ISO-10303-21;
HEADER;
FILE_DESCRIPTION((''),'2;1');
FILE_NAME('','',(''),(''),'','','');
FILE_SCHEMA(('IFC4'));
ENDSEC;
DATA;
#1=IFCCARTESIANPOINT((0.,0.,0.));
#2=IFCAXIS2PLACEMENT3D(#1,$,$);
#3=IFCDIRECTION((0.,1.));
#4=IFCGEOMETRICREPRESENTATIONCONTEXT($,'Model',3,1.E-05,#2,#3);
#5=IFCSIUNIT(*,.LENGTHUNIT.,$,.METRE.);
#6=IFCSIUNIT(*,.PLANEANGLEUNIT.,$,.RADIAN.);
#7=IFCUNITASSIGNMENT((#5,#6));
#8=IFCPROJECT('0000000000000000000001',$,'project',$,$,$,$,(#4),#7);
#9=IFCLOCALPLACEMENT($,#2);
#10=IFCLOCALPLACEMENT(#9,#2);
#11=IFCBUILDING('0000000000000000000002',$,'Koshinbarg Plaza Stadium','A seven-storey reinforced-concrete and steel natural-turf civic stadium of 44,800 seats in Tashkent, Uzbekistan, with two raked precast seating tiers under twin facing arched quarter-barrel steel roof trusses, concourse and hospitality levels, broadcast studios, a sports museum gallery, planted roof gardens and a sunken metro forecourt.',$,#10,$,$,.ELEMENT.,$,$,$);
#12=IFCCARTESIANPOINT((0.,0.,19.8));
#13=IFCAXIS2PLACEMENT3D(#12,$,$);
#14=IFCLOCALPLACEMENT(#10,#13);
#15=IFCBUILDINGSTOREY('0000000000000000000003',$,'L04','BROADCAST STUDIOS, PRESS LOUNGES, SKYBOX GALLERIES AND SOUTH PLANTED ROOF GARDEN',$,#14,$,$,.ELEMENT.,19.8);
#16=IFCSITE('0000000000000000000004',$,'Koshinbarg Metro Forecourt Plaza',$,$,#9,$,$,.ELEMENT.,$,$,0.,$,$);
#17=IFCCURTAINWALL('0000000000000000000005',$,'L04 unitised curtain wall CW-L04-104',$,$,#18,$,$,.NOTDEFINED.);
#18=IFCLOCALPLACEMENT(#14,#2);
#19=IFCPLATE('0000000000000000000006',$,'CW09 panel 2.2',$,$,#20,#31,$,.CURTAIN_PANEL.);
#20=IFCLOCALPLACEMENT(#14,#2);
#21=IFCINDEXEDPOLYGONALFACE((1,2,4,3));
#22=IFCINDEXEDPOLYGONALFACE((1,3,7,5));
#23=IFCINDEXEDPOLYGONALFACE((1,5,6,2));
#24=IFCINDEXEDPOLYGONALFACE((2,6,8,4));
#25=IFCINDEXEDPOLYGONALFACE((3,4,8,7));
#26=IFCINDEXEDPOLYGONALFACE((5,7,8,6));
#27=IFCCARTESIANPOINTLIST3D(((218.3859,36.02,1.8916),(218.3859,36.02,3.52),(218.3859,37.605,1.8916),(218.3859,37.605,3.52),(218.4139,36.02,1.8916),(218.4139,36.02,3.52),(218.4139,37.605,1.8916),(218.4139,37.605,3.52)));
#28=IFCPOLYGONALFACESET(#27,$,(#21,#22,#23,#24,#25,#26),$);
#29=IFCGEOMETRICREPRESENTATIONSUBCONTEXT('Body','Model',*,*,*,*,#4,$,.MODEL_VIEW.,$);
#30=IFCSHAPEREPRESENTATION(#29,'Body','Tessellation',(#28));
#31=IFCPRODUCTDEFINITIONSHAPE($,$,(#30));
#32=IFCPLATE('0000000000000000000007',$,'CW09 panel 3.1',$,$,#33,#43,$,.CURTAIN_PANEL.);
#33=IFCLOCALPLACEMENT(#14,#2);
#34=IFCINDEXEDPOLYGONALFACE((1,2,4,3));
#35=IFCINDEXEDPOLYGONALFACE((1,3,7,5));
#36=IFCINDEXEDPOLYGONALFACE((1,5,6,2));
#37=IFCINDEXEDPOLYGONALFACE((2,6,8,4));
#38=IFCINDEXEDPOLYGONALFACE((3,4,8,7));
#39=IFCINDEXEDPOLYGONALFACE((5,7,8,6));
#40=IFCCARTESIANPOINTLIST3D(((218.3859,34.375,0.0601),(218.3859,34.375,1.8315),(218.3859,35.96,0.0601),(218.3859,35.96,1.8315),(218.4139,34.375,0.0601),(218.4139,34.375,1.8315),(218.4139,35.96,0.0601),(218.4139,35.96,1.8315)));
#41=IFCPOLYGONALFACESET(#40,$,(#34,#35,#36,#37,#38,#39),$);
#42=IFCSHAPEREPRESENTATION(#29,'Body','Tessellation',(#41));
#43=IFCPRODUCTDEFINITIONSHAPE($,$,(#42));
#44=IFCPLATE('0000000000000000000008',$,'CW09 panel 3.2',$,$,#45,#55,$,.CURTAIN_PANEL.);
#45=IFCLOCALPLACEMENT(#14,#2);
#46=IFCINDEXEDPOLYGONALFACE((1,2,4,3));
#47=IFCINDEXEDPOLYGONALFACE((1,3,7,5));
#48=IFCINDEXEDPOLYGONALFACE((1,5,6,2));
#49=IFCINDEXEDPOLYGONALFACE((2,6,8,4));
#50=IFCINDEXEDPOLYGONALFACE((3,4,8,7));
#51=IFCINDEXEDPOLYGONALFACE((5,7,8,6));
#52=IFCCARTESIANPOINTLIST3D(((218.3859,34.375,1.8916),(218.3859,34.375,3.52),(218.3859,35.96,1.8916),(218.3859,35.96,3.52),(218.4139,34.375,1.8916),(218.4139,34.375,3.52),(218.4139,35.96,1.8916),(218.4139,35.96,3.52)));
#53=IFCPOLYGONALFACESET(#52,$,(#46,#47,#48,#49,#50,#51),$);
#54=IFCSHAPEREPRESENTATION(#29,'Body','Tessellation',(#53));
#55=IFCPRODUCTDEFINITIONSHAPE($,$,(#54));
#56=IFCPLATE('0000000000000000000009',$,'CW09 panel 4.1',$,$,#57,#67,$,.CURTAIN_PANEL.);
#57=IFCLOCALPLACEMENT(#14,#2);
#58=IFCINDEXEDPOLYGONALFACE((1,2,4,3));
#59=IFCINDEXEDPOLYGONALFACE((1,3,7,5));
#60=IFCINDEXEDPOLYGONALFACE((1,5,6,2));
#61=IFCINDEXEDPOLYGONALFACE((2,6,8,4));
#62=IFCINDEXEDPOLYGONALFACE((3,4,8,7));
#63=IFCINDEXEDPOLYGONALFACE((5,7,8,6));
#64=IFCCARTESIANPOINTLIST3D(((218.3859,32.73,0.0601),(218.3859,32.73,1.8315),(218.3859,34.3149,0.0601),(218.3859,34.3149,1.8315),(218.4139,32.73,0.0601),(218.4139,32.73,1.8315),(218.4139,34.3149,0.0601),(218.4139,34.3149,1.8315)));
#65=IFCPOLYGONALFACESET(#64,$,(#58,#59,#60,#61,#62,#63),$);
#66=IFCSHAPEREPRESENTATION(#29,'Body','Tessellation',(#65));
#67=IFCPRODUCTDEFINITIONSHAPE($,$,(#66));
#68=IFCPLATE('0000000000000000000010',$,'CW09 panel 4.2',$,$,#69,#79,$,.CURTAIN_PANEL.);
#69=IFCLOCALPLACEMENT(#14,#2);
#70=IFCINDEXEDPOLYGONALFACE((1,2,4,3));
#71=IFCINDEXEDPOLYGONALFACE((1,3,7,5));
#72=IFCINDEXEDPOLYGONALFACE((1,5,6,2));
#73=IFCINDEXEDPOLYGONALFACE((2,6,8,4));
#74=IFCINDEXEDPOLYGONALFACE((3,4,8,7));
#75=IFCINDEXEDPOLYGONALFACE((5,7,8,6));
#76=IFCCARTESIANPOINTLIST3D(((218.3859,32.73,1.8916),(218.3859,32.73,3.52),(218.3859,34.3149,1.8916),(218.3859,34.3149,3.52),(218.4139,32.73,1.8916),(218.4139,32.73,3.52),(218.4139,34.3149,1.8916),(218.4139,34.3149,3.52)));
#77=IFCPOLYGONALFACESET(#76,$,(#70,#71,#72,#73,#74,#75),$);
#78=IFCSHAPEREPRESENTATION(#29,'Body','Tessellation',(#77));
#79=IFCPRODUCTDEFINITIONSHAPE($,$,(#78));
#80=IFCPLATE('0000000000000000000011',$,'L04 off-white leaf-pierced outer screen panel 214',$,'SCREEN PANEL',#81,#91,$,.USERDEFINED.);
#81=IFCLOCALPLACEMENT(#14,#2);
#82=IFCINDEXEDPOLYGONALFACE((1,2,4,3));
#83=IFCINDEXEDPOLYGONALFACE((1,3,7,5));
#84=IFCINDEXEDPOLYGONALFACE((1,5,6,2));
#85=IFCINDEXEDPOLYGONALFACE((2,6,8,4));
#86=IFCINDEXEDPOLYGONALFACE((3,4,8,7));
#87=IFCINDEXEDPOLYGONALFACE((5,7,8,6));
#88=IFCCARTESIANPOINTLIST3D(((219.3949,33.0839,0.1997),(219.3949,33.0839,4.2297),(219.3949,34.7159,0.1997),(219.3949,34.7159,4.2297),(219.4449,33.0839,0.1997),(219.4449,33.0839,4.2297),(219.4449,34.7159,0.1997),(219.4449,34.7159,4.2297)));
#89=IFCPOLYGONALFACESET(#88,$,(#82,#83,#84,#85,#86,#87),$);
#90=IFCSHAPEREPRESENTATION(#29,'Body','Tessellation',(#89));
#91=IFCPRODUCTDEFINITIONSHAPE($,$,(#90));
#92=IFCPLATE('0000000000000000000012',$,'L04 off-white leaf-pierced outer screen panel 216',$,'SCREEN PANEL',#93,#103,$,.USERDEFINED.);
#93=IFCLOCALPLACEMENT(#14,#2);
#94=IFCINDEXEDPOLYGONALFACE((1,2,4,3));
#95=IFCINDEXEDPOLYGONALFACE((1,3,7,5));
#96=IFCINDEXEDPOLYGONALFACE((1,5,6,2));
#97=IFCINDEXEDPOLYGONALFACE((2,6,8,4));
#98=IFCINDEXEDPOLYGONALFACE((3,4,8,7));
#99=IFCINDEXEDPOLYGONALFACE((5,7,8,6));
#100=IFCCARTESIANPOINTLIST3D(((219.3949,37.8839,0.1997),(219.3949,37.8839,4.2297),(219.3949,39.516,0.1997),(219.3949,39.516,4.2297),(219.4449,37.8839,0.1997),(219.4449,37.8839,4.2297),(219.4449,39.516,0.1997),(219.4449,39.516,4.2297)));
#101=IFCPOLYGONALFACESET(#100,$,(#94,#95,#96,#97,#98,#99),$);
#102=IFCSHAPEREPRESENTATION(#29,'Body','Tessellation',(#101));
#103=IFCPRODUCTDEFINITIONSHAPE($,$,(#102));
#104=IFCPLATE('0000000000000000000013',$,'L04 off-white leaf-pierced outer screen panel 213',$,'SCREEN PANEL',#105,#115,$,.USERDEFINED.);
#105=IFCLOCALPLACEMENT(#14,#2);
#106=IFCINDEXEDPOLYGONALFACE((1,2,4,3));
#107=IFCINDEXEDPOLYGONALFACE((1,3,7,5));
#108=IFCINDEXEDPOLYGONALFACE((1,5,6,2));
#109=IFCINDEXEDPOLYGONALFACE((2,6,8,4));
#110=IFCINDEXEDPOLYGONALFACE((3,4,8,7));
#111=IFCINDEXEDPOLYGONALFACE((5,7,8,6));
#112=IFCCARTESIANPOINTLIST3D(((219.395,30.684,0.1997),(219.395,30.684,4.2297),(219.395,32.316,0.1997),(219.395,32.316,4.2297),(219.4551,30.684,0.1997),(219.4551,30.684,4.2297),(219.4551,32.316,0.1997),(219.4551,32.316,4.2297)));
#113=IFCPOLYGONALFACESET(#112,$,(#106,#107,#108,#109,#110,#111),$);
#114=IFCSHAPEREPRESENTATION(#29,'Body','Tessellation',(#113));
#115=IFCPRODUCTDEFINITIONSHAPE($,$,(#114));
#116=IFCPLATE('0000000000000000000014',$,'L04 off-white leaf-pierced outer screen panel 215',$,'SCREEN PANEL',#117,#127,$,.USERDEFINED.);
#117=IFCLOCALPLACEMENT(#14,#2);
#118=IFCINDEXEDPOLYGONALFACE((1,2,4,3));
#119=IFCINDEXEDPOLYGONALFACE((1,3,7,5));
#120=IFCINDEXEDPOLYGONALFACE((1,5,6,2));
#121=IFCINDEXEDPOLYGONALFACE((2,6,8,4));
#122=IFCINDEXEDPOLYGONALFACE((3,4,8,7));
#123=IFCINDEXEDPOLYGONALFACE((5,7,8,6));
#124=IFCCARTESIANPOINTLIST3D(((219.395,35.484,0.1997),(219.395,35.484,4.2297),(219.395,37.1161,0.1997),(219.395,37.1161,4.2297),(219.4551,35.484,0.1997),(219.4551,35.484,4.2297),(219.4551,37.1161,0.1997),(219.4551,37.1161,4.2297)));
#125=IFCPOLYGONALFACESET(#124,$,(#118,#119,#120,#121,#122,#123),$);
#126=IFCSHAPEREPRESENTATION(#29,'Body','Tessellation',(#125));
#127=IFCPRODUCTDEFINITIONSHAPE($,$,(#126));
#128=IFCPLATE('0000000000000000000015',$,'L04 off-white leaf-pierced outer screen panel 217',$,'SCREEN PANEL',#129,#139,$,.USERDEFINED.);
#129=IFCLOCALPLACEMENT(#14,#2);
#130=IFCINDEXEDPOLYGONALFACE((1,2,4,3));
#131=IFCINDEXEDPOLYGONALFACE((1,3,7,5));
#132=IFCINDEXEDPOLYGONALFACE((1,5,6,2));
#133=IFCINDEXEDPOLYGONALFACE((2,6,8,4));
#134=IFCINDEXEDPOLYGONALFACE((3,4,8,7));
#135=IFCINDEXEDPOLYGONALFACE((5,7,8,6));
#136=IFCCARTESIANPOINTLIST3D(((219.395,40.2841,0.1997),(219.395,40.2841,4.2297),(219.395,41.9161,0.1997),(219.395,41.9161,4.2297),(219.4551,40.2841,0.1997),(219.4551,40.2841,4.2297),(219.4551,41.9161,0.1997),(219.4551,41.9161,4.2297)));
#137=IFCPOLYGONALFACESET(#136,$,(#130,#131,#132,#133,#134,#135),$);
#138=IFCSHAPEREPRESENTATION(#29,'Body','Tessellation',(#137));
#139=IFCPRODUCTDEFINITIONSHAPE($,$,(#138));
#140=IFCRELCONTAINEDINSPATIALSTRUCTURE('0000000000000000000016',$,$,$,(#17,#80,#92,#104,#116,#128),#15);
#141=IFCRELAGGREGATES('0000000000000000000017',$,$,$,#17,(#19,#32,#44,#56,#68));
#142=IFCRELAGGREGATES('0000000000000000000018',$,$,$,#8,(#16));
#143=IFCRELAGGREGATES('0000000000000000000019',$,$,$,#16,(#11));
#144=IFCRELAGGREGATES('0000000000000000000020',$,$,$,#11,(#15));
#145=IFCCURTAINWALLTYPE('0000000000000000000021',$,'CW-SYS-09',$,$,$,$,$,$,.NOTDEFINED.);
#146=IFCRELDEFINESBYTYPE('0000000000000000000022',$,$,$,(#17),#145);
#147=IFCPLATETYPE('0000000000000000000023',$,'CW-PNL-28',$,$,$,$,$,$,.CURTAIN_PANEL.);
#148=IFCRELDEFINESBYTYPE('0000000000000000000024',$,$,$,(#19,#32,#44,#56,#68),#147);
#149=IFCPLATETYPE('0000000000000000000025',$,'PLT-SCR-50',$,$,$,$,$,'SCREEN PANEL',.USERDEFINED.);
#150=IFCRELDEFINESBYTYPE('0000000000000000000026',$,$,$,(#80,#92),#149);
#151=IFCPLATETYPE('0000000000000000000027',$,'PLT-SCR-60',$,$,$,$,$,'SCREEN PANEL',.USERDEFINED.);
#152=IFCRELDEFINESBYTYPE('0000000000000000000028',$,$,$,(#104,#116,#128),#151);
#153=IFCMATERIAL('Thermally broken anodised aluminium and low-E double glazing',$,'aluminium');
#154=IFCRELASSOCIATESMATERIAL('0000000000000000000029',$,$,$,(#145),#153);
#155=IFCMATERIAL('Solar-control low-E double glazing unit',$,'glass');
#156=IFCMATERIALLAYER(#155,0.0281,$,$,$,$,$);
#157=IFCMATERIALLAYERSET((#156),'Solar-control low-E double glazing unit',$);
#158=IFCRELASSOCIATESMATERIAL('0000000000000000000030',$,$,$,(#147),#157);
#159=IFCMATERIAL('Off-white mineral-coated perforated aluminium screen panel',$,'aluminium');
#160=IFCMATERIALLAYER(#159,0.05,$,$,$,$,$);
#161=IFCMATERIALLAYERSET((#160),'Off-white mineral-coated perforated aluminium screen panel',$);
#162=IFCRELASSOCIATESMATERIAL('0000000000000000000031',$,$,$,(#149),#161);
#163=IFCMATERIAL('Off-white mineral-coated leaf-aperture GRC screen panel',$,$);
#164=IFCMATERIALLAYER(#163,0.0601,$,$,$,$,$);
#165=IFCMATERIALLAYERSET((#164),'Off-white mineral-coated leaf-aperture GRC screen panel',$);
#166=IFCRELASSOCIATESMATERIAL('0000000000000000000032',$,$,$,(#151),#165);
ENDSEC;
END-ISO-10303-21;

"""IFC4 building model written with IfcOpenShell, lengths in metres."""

from ifc_helpers import new_model, si_unit, direction, frame, origin, origin_2d, place, context, subcontext, project, spatial, rectangle, extrude, material, layer, layer_set, type_object, element, aggregate, save


model = new_model("IFC4")

# Units and contexts
model_context = context("Model", 3, precision=1e-05, world=origin(), true_north=direction((0.0, 1.0)))
body_context = subcontext(model_context, "Body", "Model", "MODEL_VIEW")
ifc_project = project(units=[si_unit("LENGTHUNIT", "METRE"), si_unit("PLANEANGLEUNIT", "RADIAN")], contexts=[model_context])

# Site, building, storey
site_placement = place(None, origin())
site = spatial("IfcSite", under=ifc_project, at=site_placement, Name="Koshinbarg Metro Forecourt Plaza", CompositionType="ELEMENT", RefElevation=0.0)
building_placement = place(site_placement, origin())
building = spatial("IfcBuilding", under=site, at=building_placement, Name="Koshinbarg Plaza Stadium", Description="A seven-storey reinforced-concrete and steel natural-turf civic stadium of 44,800 seats in Tashkent, Uzbekistan, with two raked precast seating tiers under twin facing arched quarter-barrel steel roof trusses, concourse and hospitality levels, broadcast studios, a sports museum gallery, planted roof gardens and a sunken metro forecourt.", CompositionType="ELEMENT")
storey_placement = place(building_placement, frame((0.0, 0.0, 19.8)))
storey = spatial("IfcBuildingStorey", under=building, at=storey_placement, Name="L04", Description="BROADCAST STUDIOS, PRESS LOUNGES, SKYBOX GALLERIES AND SOUTH PLANTED ROOF GARDEN", CompositionType="ELEMENT", Elevation=19.8)

# Curtain wall
ifc_material_1 = material(Name="Thermally broken anodised aluminium and low-E double glazing", Category="aluminium")
curtain_wall_type = type_object("IfcCurtainWallType", Name="CW-SYS-09", PredefinedType="NOTDEFINED", material=ifc_material_1)
curtain_wall_placement = place(storey_placement, origin())
curtain_wall = element("IfcCurtainWall", 1, at=curtain_wall_placement, inside=storey, type_object=curtain_wall_type, Name="L04 unitised curtain wall CW-L04-104", PredefinedType="NOTDEFINED")

# Plates
ifc_material_2 = material(Name="Solar-control low-E double glazing unit", Category="glass")
ifc_layer_1 = layer(ifc_material_2, 0.0281)
ifc_layer_set_1 = layer_set([ifc_layer_1], Name="Solar-control low-E double glazing unit")
plate_type_1 = type_object("IfcPlateType", Name="CW-PNL-28", PredefinedType="CURTAIN_PANEL", material=ifc_layer_set_1)
plate_1_placement = place(storey_placement, frame((218.3999, 36.8125, 1.8916), z_axis=(0.0, 0.0, 1.0), x_axis=(0.0, -1.0, 0.0)))
plate_1 = element("IfcPlate", 2, at=plate_1_placement, type_object=plate_type_1, Name="CW09 panel 2.2", PredefinedType="CURTAIN_PANEL", context=body_context, shape_type="SweptSolid", body=[
    extrude(rectangle(XDim=1.585, YDim=0.0281, at=origin_2d()), origin(), (0.0, 0.0, 1.0), 1.6284),
])
plate_2_placement = place(storey_placement, frame((218.3999, 35.1675, 0.0601), z_axis=(0.0, 0.0, 1.0), x_axis=(0.0, -1.0, 0.0)))
plate_2 = element("IfcPlate", 3, at=plate_2_placement, type_object=plate_type_1, Name="CW09 panel 3.1", PredefinedType="CURTAIN_PANEL", context=body_context, shape_type="SweptSolid", body=[
    extrude(rectangle(XDim=1.585, YDim=0.0281, at=origin_2d()), origin(), (0.0, 0.0, 1.0), 1.7715),
])
plate_3_placement = place(storey_placement, frame((218.3999, 35.1675, 1.8916), z_axis=(0.0, 0.0, 1.0), x_axis=(0.0, -1.0, 0.0)))
plate_3 = element("IfcPlate", 4, at=plate_3_placement, type_object=plate_type_1, Name="CW09 panel 3.2", PredefinedType="CURTAIN_PANEL", context=body_context, shape_type="SweptSolid", body=[
    extrude(rectangle(XDim=1.585, YDim=0.0281, at=origin_2d()), origin(), (0.0, 0.0, 1.0), 1.6284),
])
plate_4_placement = place(storey_placement, frame((218.3999, 33.5225, 0.0601), z_axis=(0.0, 0.0, 1.0), x_axis=(0.0, -1.0, 0.0)))
plate_4 = element("IfcPlate", 5, at=plate_4_placement, type_object=plate_type_1, Name="CW09 panel 4.1", PredefinedType="CURTAIN_PANEL", context=body_context, shape_type="SweptSolid", body=[
    extrude(rectangle(XDim=1.585, YDim=0.0281, at=origin_2d()), origin(), (0.0, 0.0, 1.0), 1.7715),
])
plate_5_placement = place(storey_placement, frame((218.3999, 33.5225, 1.8916), z_axis=(0.0, 0.0, 1.0), x_axis=(0.0, -1.0, 0.0)))
plate_5 = element("IfcPlate", 6, at=plate_5_placement, type_object=plate_type_1, Name="CW09 panel 4.2", PredefinedType="CURTAIN_PANEL", context=body_context, shape_type="SweptSolid", body=[
    extrude(rectangle(XDim=1.585, YDim=0.0281, at=origin_2d()), origin(), (0.0, 0.0, 1.0), 1.6284),
])
aggregate(curtain_wall, [plate_1, plate_2, plate_3, plate_4, plate_5])

# Plates
ifc_material_3 = material(Name="Off-white mineral-coated perforated aluminium screen panel", Category="aluminium")
ifc_layer_2 = layer(ifc_material_3, 0.05)
ifc_layer_set_2 = layer_set([ifc_layer_2], Name="Off-white mineral-coated perforated aluminium screen panel")
plate_type_2 = type_object("IfcPlateType", Name="PLT-SCR-50", ElementType="SCREEN PANEL", PredefinedType="USERDEFINED", material=ifc_layer_set_2)
for number, where, z_axis, x_axis, name in (
    (7, (219.4199, 33.8999, 0.1997), (0.0, 0.0, 1.0), (1.0, 0.0, 0.0), "L04 off-white leaf-pierced outer screen panel 214"),
    (8, (219.4199, 38.7, 0.1997), (0.0, 0.0, 1.0), (1.0, 0.0, 0.0), "L04 off-white leaf-pierced outer screen panel 216"),
):
    element("IfcPlate", number, at=place(storey_placement, frame(where, z_axis=z_axis, x_axis=x_axis)), inside=storey, type_object=plate_type_2, Name=name, ObjectType="SCREEN PANEL", PredefinedType="USERDEFINED", context=body_context, shape_type="SweptSolid", body=[
        extrude(rectangle(XDim=0.05, YDim=1.6321, at=origin_2d()), origin(), (0.0, 0.0, 1.0), 4.03),
    ])
ifc_material_4 = material(Name="Off-white mineral-coated leaf-aperture GRC screen panel")
ifc_layer_3 = layer(ifc_material_4, 0.0601)
ifc_layer_set_3 = layer_set([ifc_layer_3], Name="Off-white mineral-coated leaf-aperture GRC screen panel")
plate_type_3 = type_object("IfcPlateType", Name="PLT-SCR-60", ElementType="SCREEN PANEL", PredefinedType="USERDEFINED", material=ifc_layer_set_3)
for number, where, z_axis, x_axis, name in (
    (9, (219.425, 31.5, 0.1997), (0.0, 0.0, 1.0), (1.0, 0.0, 0.0), "L04 off-white leaf-pierced outer screen panel 213"),
    (10, (219.425, 36.3, 0.1997), (0.0, 0.0, 1.0), (1.0, 0.0, 0.0), "L04 off-white leaf-pierced outer screen panel 215"),
    (11, (219.425, 41.1001, 0.1997), (0.0, 0.0, 1.0), (1.0, 0.0, 0.0), "L04 off-white leaf-pierced outer screen panel 217"),
):
    element("IfcPlate", number, at=place(storey_placement, frame(where, z_axis=z_axis, x_axis=x_axis)), inside=storey, type_object=plate_type_3, Name=name, ObjectType="SCREEN PANEL", PredefinedType="USERDEFINED", context=body_context, shape_type="SweptSolid", body=[
        extrude(rectangle(XDim=0.0601, YDim=1.6321, at=origin_2d()), origin(), (0.0, 0.0, 1.0), 4.03),
    ])

save(model, "model.ifc")
